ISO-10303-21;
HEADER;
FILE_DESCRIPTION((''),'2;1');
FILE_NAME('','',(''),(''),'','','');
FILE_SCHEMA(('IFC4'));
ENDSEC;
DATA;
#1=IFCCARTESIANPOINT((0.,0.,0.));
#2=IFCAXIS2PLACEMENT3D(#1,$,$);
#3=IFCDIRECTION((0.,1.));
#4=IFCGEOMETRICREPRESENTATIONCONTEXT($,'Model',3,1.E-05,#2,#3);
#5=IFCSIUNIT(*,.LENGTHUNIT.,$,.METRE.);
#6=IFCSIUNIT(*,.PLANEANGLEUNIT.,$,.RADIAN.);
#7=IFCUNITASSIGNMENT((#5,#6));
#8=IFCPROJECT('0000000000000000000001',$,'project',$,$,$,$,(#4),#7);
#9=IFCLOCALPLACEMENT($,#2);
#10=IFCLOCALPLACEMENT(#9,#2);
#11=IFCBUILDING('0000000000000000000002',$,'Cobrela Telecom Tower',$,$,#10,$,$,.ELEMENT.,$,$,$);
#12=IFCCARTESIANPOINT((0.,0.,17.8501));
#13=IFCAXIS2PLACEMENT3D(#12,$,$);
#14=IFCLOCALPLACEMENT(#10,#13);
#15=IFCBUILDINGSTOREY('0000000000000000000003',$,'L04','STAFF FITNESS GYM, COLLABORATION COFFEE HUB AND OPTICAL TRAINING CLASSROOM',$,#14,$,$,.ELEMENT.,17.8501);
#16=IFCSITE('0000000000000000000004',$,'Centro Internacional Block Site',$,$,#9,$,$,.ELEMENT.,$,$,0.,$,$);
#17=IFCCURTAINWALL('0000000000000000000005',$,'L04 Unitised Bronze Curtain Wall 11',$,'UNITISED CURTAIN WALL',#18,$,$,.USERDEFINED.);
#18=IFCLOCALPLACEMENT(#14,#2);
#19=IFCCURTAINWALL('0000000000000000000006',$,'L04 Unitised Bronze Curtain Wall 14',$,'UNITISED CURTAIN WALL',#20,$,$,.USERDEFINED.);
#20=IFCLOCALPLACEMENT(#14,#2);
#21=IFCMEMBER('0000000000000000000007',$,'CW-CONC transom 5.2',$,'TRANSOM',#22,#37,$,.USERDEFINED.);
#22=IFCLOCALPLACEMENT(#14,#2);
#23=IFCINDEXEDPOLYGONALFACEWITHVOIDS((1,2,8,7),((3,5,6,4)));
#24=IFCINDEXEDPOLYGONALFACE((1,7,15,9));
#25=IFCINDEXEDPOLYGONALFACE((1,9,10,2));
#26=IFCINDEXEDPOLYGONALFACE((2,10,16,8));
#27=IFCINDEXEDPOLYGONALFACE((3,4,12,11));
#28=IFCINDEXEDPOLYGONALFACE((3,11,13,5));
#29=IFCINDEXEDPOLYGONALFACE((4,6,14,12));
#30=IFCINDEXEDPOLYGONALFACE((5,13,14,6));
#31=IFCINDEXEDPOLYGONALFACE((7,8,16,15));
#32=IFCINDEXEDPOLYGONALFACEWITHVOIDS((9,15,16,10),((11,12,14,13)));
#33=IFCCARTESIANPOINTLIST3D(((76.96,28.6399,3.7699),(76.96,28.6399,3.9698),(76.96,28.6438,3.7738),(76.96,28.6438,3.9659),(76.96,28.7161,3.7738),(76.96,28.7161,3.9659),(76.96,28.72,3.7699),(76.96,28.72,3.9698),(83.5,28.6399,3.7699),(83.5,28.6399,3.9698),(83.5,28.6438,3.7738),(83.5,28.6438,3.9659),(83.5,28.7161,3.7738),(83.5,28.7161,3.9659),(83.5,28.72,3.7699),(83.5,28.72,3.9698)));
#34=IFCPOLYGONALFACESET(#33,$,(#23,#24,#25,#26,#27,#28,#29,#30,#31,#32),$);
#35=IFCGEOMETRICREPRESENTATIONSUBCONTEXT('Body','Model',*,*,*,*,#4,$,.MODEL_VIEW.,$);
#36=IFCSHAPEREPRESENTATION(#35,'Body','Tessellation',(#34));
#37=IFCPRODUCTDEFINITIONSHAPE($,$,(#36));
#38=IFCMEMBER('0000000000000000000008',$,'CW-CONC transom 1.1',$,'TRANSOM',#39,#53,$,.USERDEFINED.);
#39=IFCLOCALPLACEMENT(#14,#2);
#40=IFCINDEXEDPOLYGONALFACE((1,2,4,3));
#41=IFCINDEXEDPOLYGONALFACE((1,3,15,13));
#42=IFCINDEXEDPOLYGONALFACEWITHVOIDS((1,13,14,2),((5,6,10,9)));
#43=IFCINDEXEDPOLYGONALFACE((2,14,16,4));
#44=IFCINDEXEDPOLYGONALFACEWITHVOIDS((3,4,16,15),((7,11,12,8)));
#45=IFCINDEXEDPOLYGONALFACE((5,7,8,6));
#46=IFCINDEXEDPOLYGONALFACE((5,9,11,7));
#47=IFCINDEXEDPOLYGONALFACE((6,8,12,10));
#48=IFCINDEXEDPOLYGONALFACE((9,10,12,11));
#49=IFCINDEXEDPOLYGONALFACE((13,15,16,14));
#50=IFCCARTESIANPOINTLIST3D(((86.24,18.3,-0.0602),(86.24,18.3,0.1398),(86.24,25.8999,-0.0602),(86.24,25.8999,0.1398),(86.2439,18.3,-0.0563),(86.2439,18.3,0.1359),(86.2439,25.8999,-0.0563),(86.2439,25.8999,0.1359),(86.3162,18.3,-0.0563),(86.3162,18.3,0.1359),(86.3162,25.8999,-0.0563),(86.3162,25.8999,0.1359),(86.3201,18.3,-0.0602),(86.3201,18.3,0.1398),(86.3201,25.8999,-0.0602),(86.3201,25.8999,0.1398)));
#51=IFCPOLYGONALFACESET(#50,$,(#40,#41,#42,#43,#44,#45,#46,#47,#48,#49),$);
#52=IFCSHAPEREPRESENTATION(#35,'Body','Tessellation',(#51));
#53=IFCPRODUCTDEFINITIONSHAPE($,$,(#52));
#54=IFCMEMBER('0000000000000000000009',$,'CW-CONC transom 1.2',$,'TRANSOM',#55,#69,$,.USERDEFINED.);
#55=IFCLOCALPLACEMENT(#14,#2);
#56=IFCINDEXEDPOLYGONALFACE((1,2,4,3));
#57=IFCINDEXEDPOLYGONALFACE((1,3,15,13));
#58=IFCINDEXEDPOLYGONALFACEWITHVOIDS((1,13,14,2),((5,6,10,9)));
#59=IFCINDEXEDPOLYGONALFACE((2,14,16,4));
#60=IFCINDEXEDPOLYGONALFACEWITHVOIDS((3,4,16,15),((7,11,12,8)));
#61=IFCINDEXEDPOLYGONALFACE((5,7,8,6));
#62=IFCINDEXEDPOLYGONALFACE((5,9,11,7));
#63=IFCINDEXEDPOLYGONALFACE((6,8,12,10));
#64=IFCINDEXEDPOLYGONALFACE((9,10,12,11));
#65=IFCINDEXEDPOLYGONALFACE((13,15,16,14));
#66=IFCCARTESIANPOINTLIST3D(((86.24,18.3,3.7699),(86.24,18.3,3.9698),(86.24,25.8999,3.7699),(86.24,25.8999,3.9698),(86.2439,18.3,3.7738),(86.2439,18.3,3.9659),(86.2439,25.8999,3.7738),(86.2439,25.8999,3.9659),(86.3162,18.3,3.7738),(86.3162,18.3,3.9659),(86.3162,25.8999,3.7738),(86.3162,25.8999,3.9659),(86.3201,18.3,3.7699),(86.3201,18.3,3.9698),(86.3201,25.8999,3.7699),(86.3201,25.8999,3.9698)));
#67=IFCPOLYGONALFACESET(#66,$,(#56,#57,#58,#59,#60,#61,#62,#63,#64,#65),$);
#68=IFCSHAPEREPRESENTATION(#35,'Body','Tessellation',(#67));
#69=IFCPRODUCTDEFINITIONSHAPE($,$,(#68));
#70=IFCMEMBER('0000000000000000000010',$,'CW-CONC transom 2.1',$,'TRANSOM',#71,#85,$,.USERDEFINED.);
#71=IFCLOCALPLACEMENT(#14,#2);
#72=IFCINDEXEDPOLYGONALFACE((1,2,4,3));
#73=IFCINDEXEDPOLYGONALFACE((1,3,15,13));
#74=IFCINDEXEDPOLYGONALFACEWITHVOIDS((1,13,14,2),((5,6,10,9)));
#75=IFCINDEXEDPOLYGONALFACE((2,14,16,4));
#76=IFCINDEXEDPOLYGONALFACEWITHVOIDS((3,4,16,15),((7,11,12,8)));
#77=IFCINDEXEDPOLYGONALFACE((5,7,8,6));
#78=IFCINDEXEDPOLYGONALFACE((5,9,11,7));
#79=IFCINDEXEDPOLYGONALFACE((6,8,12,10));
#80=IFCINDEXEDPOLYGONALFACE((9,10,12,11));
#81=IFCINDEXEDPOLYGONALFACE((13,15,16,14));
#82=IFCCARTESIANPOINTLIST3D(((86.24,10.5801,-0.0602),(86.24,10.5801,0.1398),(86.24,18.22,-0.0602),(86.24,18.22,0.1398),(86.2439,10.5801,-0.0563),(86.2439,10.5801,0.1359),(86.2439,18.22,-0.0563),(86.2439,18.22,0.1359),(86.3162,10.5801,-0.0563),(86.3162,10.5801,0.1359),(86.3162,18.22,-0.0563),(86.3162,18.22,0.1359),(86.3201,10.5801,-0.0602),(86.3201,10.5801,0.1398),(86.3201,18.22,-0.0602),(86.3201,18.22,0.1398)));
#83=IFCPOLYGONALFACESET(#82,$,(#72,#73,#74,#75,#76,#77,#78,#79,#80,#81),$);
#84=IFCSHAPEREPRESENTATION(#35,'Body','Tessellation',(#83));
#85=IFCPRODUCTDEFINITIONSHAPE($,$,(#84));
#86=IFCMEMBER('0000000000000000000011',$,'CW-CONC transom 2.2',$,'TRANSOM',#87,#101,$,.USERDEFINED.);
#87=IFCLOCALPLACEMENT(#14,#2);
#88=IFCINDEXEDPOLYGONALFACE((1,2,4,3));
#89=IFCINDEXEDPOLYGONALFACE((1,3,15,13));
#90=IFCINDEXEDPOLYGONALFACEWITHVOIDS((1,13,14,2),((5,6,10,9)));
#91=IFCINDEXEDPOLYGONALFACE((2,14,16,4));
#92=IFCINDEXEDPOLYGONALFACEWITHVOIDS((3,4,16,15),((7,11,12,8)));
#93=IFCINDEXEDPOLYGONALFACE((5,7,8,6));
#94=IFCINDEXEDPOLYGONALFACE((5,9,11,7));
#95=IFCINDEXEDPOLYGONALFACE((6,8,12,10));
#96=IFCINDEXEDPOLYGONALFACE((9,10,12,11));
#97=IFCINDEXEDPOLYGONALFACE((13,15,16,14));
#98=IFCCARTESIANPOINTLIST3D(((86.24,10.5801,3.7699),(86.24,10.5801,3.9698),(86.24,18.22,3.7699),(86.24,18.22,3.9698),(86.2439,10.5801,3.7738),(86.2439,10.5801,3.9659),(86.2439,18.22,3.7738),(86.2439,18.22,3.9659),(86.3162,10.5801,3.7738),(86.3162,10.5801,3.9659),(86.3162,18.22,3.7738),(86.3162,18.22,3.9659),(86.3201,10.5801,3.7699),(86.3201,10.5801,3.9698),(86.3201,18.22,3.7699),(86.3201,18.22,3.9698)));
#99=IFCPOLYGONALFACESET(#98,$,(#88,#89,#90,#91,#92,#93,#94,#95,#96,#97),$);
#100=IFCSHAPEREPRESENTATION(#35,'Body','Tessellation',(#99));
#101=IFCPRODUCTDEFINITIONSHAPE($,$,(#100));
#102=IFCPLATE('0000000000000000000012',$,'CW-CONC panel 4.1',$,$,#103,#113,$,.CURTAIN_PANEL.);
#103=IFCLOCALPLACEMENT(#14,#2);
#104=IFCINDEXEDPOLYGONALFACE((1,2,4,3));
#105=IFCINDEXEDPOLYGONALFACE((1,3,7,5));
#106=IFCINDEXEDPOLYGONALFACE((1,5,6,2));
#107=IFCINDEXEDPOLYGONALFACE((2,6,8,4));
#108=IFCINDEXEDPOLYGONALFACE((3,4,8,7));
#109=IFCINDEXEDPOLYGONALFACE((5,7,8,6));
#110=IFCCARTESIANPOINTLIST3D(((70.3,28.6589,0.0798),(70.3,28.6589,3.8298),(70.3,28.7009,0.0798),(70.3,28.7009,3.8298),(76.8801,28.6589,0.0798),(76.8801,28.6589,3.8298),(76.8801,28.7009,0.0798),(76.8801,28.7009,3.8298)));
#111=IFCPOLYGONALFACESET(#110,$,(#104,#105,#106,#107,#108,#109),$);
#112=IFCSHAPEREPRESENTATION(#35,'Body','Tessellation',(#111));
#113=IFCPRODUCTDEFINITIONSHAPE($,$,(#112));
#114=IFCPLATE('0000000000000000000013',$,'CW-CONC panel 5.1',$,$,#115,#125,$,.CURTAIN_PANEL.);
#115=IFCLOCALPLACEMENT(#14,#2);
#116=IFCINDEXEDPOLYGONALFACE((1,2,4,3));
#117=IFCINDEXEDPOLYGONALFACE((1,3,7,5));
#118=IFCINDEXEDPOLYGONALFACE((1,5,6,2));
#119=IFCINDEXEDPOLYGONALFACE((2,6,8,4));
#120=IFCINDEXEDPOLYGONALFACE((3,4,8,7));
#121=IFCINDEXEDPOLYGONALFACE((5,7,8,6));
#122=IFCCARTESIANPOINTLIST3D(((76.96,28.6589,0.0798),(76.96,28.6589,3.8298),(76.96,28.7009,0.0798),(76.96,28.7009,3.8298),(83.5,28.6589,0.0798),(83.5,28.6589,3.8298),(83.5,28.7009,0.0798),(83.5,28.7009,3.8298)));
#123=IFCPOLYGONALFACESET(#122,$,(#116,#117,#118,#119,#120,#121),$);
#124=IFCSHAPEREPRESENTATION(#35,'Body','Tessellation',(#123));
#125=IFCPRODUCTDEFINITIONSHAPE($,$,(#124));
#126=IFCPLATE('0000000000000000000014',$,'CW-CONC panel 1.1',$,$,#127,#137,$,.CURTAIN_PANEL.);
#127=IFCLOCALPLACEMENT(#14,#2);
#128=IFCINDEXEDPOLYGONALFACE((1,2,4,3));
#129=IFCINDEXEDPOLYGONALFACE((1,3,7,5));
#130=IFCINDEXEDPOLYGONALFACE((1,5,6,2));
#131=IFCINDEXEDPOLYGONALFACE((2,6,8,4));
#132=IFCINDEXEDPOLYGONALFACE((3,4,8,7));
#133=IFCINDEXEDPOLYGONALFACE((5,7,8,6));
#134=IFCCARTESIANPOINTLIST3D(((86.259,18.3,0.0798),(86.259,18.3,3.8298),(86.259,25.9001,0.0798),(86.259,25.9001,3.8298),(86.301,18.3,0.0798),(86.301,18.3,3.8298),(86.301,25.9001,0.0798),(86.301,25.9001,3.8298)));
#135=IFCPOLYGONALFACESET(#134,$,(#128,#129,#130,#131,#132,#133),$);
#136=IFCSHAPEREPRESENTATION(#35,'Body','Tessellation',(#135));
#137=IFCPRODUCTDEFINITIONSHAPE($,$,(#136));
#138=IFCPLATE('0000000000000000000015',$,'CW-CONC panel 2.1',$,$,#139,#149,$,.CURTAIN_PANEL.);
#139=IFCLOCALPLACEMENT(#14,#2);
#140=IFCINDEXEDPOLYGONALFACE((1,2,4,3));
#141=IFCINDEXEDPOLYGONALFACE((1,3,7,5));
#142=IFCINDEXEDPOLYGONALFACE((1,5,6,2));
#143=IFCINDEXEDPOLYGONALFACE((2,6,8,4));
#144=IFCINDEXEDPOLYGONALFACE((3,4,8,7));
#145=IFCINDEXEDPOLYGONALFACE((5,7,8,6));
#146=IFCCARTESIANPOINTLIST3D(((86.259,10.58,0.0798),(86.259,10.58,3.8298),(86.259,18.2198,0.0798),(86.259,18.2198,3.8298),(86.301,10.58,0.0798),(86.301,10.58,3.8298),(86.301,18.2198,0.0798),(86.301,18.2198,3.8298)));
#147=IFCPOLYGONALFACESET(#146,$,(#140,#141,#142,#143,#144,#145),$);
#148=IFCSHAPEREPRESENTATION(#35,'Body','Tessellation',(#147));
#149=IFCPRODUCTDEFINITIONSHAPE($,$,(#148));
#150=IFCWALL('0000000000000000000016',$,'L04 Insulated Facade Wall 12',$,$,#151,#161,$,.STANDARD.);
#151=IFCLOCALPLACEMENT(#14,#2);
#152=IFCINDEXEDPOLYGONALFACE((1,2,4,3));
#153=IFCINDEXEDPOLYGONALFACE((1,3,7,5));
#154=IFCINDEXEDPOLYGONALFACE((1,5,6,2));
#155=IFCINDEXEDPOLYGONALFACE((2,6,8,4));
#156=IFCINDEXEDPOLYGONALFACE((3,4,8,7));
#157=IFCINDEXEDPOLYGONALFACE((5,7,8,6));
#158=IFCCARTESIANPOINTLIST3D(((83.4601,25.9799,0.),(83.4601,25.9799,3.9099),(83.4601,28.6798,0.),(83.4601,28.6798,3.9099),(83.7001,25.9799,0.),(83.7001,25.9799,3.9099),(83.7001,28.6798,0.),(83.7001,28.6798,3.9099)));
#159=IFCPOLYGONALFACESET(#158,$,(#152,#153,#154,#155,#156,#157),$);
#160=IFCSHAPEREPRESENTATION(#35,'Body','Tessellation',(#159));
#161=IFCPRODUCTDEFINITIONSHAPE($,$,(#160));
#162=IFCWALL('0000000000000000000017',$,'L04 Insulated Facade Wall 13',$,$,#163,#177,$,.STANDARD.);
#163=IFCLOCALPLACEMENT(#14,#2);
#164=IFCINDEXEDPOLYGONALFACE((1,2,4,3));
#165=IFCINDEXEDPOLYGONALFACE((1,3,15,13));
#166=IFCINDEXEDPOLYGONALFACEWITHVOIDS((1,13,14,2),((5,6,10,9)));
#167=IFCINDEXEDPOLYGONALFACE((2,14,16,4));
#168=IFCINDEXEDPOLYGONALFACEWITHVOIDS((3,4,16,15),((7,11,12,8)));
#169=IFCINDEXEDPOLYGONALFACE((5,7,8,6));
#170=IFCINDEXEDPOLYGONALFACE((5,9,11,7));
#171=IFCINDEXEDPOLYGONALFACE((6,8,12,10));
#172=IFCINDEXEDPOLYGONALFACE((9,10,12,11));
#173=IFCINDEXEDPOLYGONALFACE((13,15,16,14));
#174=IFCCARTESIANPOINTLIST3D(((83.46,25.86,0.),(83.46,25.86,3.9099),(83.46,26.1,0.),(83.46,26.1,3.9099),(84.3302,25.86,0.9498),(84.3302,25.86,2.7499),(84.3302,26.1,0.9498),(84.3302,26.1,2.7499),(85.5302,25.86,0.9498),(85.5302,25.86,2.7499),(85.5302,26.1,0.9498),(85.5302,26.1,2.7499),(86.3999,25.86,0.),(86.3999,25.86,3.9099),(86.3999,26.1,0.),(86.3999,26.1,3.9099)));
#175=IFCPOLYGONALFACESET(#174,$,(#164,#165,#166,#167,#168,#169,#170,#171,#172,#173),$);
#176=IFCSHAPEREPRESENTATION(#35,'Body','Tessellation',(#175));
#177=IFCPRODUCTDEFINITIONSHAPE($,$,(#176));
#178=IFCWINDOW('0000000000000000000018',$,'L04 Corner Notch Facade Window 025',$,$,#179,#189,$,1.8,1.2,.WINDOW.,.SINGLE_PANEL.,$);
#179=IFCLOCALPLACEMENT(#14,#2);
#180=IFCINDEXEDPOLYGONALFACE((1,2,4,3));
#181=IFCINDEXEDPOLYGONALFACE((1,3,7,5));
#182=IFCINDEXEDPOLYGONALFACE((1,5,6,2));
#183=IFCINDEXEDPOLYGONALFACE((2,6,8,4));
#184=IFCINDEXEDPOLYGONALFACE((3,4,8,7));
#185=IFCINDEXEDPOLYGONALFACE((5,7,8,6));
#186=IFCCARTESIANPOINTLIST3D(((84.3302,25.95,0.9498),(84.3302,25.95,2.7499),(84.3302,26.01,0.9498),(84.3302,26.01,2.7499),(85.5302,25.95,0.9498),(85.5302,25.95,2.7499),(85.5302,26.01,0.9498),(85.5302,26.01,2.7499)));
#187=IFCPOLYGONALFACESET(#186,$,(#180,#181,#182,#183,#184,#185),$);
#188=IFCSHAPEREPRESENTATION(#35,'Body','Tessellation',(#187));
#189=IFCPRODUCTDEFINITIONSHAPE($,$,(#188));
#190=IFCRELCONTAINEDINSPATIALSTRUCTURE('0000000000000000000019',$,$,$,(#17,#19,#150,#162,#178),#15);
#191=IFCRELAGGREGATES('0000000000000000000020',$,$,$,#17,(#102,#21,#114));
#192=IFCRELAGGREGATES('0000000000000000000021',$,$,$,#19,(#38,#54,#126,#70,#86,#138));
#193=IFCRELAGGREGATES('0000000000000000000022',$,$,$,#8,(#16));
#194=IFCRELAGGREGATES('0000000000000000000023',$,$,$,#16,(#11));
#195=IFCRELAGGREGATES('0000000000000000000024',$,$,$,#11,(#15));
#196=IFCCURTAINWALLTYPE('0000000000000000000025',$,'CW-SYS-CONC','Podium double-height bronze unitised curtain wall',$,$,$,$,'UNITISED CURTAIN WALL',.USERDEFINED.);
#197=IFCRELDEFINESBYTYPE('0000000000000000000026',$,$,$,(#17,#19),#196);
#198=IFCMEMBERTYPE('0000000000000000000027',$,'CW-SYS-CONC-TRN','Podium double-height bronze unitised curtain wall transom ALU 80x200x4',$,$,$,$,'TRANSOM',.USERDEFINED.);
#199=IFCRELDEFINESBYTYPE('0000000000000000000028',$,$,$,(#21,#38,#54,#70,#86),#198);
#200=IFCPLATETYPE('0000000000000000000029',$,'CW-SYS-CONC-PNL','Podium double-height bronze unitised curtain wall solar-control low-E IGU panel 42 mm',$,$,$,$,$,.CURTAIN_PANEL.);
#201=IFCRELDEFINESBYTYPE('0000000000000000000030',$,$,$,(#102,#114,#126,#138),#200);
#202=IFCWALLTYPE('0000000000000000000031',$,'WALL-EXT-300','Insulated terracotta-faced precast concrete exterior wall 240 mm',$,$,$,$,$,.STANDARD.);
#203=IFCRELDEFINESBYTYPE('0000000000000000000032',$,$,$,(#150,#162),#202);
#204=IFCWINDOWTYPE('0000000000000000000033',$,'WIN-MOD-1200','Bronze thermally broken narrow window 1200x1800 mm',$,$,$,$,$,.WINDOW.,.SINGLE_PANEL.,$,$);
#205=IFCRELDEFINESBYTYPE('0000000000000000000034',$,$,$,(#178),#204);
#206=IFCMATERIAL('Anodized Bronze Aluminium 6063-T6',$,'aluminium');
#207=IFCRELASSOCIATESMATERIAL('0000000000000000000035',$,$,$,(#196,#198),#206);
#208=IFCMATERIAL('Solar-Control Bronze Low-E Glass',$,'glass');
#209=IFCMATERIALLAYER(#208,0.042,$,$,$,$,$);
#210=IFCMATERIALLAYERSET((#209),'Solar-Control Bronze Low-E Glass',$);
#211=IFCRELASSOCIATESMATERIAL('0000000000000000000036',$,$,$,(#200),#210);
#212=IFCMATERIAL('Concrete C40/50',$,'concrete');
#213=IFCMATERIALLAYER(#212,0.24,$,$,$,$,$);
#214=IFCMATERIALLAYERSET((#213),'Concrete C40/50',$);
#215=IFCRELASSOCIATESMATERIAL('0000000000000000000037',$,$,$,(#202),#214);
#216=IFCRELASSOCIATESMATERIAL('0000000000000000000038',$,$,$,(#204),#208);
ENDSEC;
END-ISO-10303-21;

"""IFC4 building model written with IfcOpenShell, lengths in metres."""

from ifc_helpers import new_model, si_unit, direction, frame, frame_2d, origin, origin_2d, place, context, subcontext, project, spatial, rectangle, hollow_rectangle, extrude, material, layer, layer_set, material_profile, profile_set, type_object, element, fill, aggregate, save


model = new_model("IFC4")

# Units and contexts
model_context = context("Model", 3, precision=1e-05, world=origin(), true_north=direction((0.0, 1.0)))
body_context = subcontext(model_context, "Body", "Model", "MODEL_VIEW")
ifc_project = project(units=[si_unit("LENGTHUNIT", "METRE"), si_unit("PLANEANGLEUNIT", "RADIAN")], contexts=[model_context])

# Site, building, storey
site_placement = place(None, origin())
site = spatial("IfcSite", under=ifc_project, at=site_placement, Name="Centro Internacional Block Site", CompositionType="ELEMENT", RefElevation=0.0)
building_placement = place(site_placement, origin())
building = spatial("IfcBuilding", under=site, at=building_placement, Name="Cobrela Telecom Tower", CompositionType="ELEMENT")
storey_placement = place(building_placement, frame((0.0, 0.0, 17.8501)))
storey = spatial("IfcBuildingStorey", under=building, at=storey_placement, Name="L04", Description="STAFF FITNESS GYM, COLLABORATION COFFEE HUB AND OPTICAL TRAINING CLASSROOM", CompositionType="ELEMENT", Elevation=17.8501)

# Shared definitions
ifc_material_1 = material(Name="Concrete C40/50", Category="concrete")

# Curtain walls
ifc_material_2 = material(Name="Anodized Bronze Aluminium 6063-T6", Category="aluminium")
curtain_wall_type = type_object("IfcCurtainWallType", Name="CW-SYS-CONC", Description="Podium double-height bronze unitised curtain wall", ElementType="UNITISED CURTAIN WALL", PredefinedType="USERDEFINED", material=ifc_material_2)
curtain_wall_1_placement = place(storey_placement, origin())
curtain_wall_1 = element("IfcCurtainWall", 1, at=curtain_wall_1_placement, inside=storey, type_object=curtain_wall_type, Name="L04 Unitised Bronze Curtain Wall 11", ObjectType="UNITISED CURTAIN WALL", PredefinedType="USERDEFINED")
curtain_wall_2_placement = place(storey_placement, origin())
curtain_wall_2 = element("IfcCurtainWall", 2, at=curtain_wall_2_placement, inside=storey, type_object=curtain_wall_type, Name="L04 Unitised Bronze Curtain Wall 14", ObjectType="UNITISED CURTAIN WALL", PredefinedType="USERDEFINED")

# Members
ifc_material_profile_1 = material_profile(ifc_material_2, hollow_rectangle(XDim=0.0801, YDim=0.2, WallThickness=0.0039, at=origin_2d()), Name="ALU 80x200x4")
ifc_profile_set_1 = profile_set([ifc_material_profile_1], Name="Anodized Bronze Aluminium 6063-T6")
member_type_1 = type_object("IfcMemberType", Name="CW-SYS-CONC-TRN", Description="Podium double-height bronze unitised curtain wall transom ALU 80x200x4", ElementType="TRANSOM", PredefinedType="USERDEFINED", material=ifc_profile_set_1)
member_1_placement = place(storey_placement, frame((76.96, 28.6799, 3.8699), z_axis=(1.0, 0.0, 0.0), x_axis=(0.0, 1.0, 0.0)))
member_1 = element("IfcMember", 3, at=member_1_placement, type_object=member_type_1, Name="CW-CONC transom 5.2", ObjectType="TRANSOM", PredefinedType="USERDEFINED", context=body_context, shape_type="SweptSolid", body=[
    extrude(hollow_rectangle(XDim=0.0801, YDim=0.2, WallThickness=0.0039, at=origin_2d()), origin(), (0.0, 0.0, 1.0), 6.54),
])
member_2_placement = place(storey_placement, frame((86.28, 25.8999, 0.0398), z_axis=(0.0, -1.0, 0.0), x_axis=(1.0, 0.0, 0.0)))
member_2 = element("IfcMember", 4, at=member_2_placement, type_object=member_type_1, Name="CW-CONC transom 1.1", ObjectType="TRANSOM", PredefinedType="USERDEFINED", context=body_context, shape_type="SweptSolid", body=[
    extrude(hollow_rectangle(XDim=0.0801, YDim=0.2, WallThickness=0.0039, at=origin_2d()), origin(), (0.0, 0.0, 1.0), 7.5999),
])
member_3_placement = place(storey_placement, frame((86.28, 25.8999, 3.8699), z_axis=(0.0, -1.0, 0.0), x_axis=(1.0, 0.0, 0.0)))
member_3 = element("IfcMember", 5, at=member_3_placement, type_object=member_type_1, Name="CW-CONC transom 1.2", ObjectType="TRANSOM", PredefinedType="USERDEFINED", context=body_context, shape_type="SweptSolid", body=[
    extrude(hollow_rectangle(XDim=0.0801, YDim=0.2, WallThickness=0.0039, at=origin_2d()), origin(), (0.0, 0.0, 1.0), 7.5999),
])
member_4_placement = place(storey_placement, frame((86.28, 18.22, 0.0398), z_axis=(0.0, -1.0, 0.0), x_axis=(1.0, 0.0, 0.0)))
member_4 = element("IfcMember", 6, at=member_4_placement, type_object=member_type_1, Name="CW-CONC transom 2.1", ObjectType="TRANSOM", PredefinedType="USERDEFINED", context=body_context, shape_type="SweptSolid", body=[
    extrude(hollow_rectangle(XDim=0.0801, YDim=0.2, WallThickness=0.0039, at=origin_2d()), origin(), (0.0, 0.0, 1.0), 7.6399),
])
member_5_placement = place(storey_placement, frame((86.28, 18.22, 3.8699), z_axis=(0.0, -1.0, 0.0), x_axis=(1.0, 0.0, 0.0)))
member_5 = element("IfcMember", 7, at=member_5_placement, type_object=member_type_1, Name="CW-CONC transom 2.2", ObjectType="TRANSOM", PredefinedType="USERDEFINED", context=body_context, shape_type="SweptSolid", body=[
    extrude(hollow_rectangle(XDim=0.0801, YDim=0.2, WallThickness=0.0039, at=origin_2d()), origin(), (0.0, 0.0, 1.0), 7.6399),
])

# Plates
ifc_material_3 = material(Name="Solar-Control Bronze Low-E Glass", Category="glass")
ifc_layer_1 = layer(ifc_material_3, 0.042)
ifc_layer_set_1 = layer_set([ifc_layer_1], Name="Solar-Control Bronze Low-E Glass")
plate_type = type_object("IfcPlateType", Name="CW-SYS-CONC-PNL", Description="Podium double-height bronze unitised curtain wall solar-control low-E IGU panel 42 mm", PredefinedType="CURTAIN_PANEL", material=ifc_layer_set_1)
plate_1_placement = place(storey_placement, frame((73.5901, 28.6799, 0.0798), z_axis=(0.0, 0.0, 1.0), x_axis=(1.0, 0.0, 0.0)))
plate_1 = element("IfcPlate", 8, at=plate_1_placement, type_object=plate_type, Name="CW-CONC panel 4.1", PredefinedType="CURTAIN_PANEL", context=body_context, shape_type="SweptSolid", body=[
    extrude(rectangle(XDim=6.5801, YDim=0.042, at=origin_2d()), origin(), (0.0, 0.0, 1.0), 3.75),
])
plate_2_placement = place(storey_placement, frame((80.23, 28.6799, 0.0798), z_axis=(0.0, 0.0, 1.0), x_axis=(1.0, 0.0, 0.0)))
plate_2 = element("IfcPlate", 9, at=plate_2_placement, type_object=plate_type, Name="CW-CONC panel 5.1", PredefinedType="CURTAIN_PANEL", context=body_context, shape_type="SweptSolid", body=[
    extrude(rectangle(XDim=6.54, YDim=0.042, at=origin_2d()), origin(), (0.0, 0.0, 1.0), 3.75),
])
aggregate(curtain_wall_1, [plate_1, member_1, plate_2])
plate_3_placement = place(storey_placement, frame((86.28, 22.1001, 0.0798), z_axis=(0.0, 0.0, 1.0), x_axis=(0.0, -1.0, 0.0)))
plate_3 = element("IfcPlate", 10, at=plate_3_placement, type_object=plate_type, Name="CW-CONC panel 1.1", PredefinedType="CURTAIN_PANEL", context=body_context, shape_type="SweptSolid", body=[
    extrude(rectangle(XDim=7.6001, YDim=0.042, at=origin_2d()), origin(), (0.0, 0.0, 1.0), 3.75),
])
plate_4_placement = place(storey_placement, frame((86.28, 14.3999, 0.0798), z_axis=(0.0, 0.0, 1.0), x_axis=(0.0, -1.0, 0.0)))
plate_4 = element("IfcPlate", 11, at=plate_4_placement, type_object=plate_type, Name="CW-CONC panel 2.1", PredefinedType="CURTAIN_PANEL", context=body_context, shape_type="SweptSolid", body=[
    extrude(rectangle(XDim=7.6399, YDim=0.042, at=origin_2d()), origin(), (0.0, 0.0, 1.0), 3.75),
])
aggregate(curtain_wall_2, [member_2, member_3, plate_3, member_4, member_5, plate_4])

# Wall
ifc_layer_2 = layer(ifc_material_1, 0.24)
ifc_layer_set_2 = layer_set([ifc_layer_2], Name="Concrete C40/50")
wall_type = type_object("IfcWallType", Name="WALL-EXT-300", Description="Insulated terracotta-faced precast concrete exterior wall 240 mm", PredefinedType="STANDARD", material=ifc_layer_set_2)
wall_1_placement = place(storey_placement, frame((83.5801, 28.6799, 0.0), z_axis=(0.0, 0.0, 1.0), x_axis=(0.0, -1.0, 0.0)))
element("IfcWall", 12, at=wall_1_placement, inside=storey, type_object=wall_type, Name="L04 Insulated Facade Wall 12", PredefinedType="STANDARD", context=body_context, shape_type="SweptSolid", body=[
    extrude(rectangle(XDim=2.7, YDim=0.24, at=frame_2d((1.3501, 0.0))), origin(), (0.0, 0.0, 1.0), 3.9099),
])

# Wall, opening, window
wall_2_placement = place(storey_placement, frame((83.46, 25.98, 0.0), z_axis=(0.0, 0.0, 1.0), x_axis=(1.0, 0.0, 0.0)))
wall_2 = element("IfcWall", 13, at=wall_2_placement, inside=storey, type_object=wall_type, Name="L04 Insulated Facade Wall 13", PredefinedType="STANDARD", context=body_context, shape_type="SweptSolid", body=[
    extrude(rectangle(XDim=2.9399, YDim=0.24, at=frame_2d((1.47, 0.0))), origin(), (0.0, 0.0, 1.0), 3.9099),
])
opening_placement = place(wall_2_placement, frame((0.8701, 0.0, 0.95)))
opening = element("IfcOpeningElement", 14, at=opening_placement, cuts=wall_2, PredefinedType="OPENING", context=body_context, shape_type="SweptSolid", body=[
    extrude(rectangle(XDim=1.2, YDim=1.8, at=frame_2d((0.6001, 0.8999))), frame((0.0, 0.1318, 0.0), z_axis=(0.0, -1.0, 0.0), x_axis=(1.0, 0.0, 0.0)), (0.0, 0.0, 1.0), 0.2639),
])
window_type = type_object("IfcWindowType", Name="WIN-MOD-1200", Description="Bronze thermally broken narrow window 1200x1800 mm", PartitioningType="SINGLE_PANEL", PredefinedType="WINDOW", material=ifc_material_3)
window_placement = place(opening_placement, origin())
window = element("IfcWindow", 15, at=window_placement, inside=storey, type_object=window_type, Name="L04 Corner Notch Facade Window 025", OverallHeight=1.8, OverallWidth=1.2, PartitioningType="SINGLE_PANEL", PredefinedType="WINDOW", context=body_context, shape_type="SweptSolid", body=[
    extrude(rectangle(XDim=1.2, YDim=1.8, at=frame_2d((0.6001, 0.8999))), frame((0.0, 0.03, 0.0), z_axis=(0.0, -1.0, 0.0), x_axis=(1.0, 0.0, 0.0)), (0.0, 0.0, 1.0), 0.0601),
])
fill(opening, window)

save(model, "model.ifc")
